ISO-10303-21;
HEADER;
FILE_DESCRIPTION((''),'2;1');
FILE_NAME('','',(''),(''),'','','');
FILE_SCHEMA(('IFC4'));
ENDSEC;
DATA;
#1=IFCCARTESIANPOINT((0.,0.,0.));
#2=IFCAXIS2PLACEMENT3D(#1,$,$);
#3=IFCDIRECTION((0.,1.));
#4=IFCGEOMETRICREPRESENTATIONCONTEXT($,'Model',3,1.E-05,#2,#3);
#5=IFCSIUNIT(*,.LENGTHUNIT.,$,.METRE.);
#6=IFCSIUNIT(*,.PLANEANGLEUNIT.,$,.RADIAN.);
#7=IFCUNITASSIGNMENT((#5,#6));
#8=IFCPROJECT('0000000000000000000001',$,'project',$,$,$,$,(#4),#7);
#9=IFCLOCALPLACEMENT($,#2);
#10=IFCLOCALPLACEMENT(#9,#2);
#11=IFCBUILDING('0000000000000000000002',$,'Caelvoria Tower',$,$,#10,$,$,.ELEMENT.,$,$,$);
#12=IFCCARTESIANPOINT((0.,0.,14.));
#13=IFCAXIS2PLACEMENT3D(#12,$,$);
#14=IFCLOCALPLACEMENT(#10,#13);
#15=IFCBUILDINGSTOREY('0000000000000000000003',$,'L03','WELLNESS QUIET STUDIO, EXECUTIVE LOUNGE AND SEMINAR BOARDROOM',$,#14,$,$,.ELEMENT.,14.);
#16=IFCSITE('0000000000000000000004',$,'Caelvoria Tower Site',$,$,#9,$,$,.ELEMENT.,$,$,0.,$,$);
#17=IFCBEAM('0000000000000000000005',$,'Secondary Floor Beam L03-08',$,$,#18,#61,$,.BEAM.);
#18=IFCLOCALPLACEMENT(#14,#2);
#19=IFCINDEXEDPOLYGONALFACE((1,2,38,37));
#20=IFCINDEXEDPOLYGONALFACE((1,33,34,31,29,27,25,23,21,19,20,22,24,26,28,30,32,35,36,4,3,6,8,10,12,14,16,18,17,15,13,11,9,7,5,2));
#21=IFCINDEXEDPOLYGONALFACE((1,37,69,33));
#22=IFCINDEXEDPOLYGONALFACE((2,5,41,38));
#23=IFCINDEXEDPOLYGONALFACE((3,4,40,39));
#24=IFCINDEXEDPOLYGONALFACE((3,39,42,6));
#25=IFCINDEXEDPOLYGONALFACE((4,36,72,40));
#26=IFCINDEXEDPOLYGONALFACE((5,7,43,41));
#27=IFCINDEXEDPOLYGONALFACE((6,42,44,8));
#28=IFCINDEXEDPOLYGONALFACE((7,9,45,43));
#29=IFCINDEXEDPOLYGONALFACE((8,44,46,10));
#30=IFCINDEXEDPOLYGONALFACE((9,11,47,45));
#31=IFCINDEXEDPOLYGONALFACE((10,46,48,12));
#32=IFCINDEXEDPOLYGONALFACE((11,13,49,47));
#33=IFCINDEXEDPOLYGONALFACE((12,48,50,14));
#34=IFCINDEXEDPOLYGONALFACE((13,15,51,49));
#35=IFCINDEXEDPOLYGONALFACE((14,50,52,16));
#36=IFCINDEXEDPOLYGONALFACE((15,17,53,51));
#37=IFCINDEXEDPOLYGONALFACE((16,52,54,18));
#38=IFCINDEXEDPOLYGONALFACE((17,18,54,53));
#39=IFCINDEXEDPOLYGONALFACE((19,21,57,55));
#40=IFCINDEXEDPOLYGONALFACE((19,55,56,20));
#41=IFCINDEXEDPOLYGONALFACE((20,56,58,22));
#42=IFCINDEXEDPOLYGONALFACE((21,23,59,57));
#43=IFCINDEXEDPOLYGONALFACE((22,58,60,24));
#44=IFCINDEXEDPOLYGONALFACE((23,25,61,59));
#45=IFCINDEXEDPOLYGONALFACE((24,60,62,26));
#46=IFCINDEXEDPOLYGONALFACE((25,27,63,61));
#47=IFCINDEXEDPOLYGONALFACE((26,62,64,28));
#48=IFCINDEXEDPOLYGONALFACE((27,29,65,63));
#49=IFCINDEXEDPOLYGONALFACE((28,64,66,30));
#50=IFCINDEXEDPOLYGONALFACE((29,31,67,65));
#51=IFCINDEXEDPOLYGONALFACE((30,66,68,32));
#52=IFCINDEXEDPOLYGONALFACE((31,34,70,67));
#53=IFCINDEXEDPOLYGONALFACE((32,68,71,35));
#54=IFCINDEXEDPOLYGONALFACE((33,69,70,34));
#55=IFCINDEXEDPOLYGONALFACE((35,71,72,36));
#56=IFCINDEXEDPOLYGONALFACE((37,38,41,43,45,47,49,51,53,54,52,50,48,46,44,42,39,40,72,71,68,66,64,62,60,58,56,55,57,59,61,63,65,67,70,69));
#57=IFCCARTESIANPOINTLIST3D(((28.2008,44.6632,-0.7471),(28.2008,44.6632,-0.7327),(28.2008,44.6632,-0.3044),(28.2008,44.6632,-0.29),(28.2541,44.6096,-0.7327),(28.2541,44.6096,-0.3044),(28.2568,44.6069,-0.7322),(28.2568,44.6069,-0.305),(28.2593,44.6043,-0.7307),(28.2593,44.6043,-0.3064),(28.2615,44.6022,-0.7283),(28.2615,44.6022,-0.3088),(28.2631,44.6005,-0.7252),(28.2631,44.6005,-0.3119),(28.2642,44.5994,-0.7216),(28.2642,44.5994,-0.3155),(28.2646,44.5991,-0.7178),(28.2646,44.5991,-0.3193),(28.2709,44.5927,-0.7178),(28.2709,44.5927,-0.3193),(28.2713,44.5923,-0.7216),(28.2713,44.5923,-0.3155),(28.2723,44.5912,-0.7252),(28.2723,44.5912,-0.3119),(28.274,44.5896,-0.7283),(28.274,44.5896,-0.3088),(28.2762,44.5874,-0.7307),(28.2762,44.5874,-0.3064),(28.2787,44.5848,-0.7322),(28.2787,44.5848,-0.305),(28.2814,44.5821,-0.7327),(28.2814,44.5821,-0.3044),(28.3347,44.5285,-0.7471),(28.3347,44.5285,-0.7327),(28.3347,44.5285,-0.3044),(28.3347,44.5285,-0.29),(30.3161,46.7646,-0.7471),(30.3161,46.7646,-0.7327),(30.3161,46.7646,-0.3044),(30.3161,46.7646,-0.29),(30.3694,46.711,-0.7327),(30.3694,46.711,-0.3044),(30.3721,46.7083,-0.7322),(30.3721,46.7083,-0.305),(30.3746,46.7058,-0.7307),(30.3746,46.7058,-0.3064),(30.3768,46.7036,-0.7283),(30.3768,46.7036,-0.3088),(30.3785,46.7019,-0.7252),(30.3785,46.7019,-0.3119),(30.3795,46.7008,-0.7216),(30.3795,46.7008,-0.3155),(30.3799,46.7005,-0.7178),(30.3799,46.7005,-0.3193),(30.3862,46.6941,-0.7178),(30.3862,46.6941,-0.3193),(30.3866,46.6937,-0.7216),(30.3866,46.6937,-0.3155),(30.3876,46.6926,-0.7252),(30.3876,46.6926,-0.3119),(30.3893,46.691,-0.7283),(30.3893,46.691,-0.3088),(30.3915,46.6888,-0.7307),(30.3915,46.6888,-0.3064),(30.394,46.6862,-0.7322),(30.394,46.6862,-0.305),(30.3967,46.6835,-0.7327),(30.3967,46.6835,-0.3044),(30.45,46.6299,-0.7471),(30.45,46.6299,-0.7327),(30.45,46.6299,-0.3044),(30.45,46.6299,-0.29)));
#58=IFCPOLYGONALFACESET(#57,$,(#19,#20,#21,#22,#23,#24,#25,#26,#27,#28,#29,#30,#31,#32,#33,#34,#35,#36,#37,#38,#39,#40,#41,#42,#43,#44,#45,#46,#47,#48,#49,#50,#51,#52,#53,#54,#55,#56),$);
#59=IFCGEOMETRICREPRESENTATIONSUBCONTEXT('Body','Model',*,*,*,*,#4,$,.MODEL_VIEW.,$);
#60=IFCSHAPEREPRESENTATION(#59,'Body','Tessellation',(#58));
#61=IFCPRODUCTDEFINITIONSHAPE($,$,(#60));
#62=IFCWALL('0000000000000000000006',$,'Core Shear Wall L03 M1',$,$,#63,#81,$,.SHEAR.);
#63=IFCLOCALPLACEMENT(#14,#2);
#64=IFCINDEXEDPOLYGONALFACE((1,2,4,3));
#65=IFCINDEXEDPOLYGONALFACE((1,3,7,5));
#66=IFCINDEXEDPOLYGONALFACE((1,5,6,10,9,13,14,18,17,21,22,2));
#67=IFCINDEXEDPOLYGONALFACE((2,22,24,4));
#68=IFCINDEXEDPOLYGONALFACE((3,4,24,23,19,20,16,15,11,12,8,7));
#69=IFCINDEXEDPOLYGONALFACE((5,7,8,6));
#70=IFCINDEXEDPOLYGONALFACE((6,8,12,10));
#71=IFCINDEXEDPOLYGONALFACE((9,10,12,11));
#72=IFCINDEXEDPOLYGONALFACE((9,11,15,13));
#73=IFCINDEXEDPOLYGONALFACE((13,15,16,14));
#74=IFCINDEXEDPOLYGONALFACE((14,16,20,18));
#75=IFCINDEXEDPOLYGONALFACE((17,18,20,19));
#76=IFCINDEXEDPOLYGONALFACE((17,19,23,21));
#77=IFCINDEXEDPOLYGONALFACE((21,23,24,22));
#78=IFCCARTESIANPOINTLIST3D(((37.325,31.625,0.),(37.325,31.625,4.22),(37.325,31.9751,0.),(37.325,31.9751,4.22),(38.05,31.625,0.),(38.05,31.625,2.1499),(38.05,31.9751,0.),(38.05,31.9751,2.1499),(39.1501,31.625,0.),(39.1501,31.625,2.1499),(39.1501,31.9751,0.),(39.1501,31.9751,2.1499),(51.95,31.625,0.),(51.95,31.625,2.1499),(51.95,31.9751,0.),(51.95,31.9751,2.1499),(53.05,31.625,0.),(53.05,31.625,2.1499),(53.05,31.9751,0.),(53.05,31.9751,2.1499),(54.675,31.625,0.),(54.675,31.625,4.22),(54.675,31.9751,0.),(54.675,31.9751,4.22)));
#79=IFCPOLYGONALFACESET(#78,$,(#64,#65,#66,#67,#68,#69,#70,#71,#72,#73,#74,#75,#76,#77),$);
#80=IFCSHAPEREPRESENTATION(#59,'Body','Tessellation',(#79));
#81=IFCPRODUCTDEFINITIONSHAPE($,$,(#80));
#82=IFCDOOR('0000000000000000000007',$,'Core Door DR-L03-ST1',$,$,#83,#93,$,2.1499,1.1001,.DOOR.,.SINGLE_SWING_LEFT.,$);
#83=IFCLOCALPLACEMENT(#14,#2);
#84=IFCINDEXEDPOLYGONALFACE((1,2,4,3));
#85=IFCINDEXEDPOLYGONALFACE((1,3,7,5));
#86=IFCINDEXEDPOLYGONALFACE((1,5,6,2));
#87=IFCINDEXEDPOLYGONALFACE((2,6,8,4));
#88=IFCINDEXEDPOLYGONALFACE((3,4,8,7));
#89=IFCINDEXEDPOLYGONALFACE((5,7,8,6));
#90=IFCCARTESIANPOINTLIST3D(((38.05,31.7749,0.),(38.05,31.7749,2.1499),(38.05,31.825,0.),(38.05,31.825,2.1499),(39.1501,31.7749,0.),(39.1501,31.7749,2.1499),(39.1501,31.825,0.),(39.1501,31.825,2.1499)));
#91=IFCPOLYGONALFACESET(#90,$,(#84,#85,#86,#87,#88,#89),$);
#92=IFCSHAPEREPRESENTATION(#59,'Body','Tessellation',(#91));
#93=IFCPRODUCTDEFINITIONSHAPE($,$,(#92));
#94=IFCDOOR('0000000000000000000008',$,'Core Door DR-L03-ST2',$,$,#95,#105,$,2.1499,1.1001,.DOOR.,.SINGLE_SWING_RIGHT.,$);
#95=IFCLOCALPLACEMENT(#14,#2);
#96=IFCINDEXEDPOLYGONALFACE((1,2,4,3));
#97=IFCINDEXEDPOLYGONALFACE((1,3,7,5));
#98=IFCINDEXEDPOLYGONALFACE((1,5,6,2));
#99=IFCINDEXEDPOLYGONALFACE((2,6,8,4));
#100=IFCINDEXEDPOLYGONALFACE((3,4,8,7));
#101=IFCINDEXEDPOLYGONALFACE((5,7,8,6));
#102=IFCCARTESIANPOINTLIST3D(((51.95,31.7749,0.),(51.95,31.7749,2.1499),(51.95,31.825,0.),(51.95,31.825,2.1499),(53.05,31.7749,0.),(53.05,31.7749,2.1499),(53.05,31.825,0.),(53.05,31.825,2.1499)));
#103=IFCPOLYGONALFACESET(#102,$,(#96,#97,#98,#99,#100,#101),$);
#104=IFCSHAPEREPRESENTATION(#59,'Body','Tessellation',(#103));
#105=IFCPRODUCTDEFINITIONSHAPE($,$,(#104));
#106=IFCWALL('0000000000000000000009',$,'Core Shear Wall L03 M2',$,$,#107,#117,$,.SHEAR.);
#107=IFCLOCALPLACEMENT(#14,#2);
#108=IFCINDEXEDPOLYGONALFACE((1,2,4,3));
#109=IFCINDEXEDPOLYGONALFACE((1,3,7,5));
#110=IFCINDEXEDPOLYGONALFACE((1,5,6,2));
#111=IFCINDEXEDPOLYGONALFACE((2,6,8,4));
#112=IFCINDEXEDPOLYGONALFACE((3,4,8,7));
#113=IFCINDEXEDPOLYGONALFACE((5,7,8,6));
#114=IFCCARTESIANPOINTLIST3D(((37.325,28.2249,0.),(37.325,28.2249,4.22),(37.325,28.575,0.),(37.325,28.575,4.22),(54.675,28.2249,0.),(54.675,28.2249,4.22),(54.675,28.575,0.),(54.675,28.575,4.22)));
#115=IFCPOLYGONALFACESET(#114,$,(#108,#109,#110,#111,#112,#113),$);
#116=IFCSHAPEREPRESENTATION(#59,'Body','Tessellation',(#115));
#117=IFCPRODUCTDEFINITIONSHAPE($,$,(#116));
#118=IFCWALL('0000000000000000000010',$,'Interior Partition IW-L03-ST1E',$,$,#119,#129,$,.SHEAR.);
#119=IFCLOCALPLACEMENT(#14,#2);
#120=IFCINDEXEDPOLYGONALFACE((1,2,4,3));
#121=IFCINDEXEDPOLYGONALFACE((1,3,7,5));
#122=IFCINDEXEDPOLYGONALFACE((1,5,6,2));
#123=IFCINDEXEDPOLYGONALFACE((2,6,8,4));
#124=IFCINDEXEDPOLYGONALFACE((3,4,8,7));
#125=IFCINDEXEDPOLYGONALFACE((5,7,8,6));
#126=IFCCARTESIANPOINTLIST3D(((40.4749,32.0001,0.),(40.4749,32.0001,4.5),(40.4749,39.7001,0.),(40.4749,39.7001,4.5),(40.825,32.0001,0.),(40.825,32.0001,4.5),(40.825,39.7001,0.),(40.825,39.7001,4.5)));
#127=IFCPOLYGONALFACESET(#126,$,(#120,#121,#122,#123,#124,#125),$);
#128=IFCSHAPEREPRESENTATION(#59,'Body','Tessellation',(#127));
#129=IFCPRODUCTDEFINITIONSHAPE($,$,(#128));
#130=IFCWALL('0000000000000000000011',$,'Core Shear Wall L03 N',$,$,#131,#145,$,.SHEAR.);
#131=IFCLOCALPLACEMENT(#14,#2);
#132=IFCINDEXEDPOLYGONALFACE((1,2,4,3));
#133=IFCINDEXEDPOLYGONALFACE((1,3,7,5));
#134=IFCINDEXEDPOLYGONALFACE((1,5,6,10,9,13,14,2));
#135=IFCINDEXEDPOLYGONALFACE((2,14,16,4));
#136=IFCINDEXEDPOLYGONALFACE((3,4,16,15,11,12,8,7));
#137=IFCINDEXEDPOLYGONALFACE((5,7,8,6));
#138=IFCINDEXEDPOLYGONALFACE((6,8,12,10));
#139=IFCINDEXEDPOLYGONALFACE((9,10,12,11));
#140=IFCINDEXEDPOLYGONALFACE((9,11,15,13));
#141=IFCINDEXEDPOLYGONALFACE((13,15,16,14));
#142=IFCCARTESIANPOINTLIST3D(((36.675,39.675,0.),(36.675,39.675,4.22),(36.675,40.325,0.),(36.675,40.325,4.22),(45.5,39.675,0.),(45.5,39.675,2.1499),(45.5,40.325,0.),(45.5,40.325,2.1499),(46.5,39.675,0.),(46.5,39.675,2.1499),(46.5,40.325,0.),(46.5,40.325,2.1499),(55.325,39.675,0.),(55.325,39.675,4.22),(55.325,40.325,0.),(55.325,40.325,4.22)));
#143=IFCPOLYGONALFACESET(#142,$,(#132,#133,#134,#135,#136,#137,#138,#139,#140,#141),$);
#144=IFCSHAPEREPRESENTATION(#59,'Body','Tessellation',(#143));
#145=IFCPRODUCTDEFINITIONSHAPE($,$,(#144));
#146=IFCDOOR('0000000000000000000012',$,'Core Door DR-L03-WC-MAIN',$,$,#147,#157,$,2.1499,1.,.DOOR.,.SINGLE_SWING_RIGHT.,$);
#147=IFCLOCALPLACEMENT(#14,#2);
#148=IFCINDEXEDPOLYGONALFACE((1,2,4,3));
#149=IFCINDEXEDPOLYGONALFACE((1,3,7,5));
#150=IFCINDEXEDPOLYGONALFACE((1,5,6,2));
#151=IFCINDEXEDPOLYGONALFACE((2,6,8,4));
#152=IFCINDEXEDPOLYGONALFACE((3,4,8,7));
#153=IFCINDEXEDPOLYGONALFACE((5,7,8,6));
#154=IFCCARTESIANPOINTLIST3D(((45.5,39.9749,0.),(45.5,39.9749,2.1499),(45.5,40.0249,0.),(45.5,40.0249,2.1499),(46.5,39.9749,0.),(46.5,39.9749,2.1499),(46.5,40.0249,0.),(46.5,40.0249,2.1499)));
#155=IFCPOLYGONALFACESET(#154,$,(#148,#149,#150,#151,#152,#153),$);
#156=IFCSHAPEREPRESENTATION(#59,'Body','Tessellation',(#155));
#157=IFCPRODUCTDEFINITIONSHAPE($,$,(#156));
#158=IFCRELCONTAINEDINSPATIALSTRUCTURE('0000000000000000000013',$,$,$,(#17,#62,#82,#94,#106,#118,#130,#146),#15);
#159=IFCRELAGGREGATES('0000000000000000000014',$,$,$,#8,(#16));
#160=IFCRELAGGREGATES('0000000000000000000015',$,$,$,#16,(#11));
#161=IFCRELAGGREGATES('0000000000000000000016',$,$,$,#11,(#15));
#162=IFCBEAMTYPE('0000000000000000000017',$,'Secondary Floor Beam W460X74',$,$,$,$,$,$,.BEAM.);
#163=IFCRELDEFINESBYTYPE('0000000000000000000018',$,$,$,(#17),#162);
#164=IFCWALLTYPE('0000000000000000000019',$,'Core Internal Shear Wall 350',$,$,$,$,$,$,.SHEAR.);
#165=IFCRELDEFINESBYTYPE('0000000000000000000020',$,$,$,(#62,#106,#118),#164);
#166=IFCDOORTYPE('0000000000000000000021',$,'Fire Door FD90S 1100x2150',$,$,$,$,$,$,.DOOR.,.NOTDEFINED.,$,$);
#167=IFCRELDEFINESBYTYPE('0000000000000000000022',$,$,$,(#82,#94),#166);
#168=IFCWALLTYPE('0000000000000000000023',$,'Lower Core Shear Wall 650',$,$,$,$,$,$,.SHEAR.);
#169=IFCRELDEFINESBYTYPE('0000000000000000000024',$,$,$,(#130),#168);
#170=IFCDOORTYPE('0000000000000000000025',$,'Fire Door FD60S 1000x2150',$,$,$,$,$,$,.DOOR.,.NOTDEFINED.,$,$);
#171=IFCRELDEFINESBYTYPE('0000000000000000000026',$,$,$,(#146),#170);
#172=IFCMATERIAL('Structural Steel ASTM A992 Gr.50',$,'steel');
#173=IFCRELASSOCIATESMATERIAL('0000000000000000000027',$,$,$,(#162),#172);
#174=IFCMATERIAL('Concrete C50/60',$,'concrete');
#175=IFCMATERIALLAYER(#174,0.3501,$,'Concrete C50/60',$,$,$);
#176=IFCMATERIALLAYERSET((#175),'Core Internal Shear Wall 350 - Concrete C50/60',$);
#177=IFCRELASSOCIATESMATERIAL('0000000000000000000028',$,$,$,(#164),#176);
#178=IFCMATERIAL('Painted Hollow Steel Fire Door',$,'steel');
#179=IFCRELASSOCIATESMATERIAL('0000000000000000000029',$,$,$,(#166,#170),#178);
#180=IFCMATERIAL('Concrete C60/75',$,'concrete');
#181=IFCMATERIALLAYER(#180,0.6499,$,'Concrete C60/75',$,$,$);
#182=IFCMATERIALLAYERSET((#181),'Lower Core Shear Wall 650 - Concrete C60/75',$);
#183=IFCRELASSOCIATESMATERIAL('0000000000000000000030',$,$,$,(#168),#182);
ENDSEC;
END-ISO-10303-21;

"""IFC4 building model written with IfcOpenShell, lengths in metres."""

from ifc_helpers import new_model, si_unit, direction, frame, frame_2d, origin, origin_2d, place, context, subcontext, project, spatial, rectangle, i_section, extrude, material, layer, layer_set, material_profile, profile_set, type_object, element, fill, save


model = new_model("IFC4")

# Units and contexts
model_context = context("Model", 3, precision=1e-05, world=origin(), true_north=direction((0.0, 1.0)))
body_context = subcontext(model_context, "Body", "Model", "MODEL_VIEW")
ifc_project = project(units=[si_unit("LENGTHUNIT", "METRE"), si_unit("PLANEANGLEUNIT", "RADIAN")], contexts=[model_context])

# Site, building, storey
site_placement = place(None, origin())
site = spatial("IfcSite", under=ifc_project, at=site_placement, Name="Caelvoria Tower Site", CompositionType="ELEMENT", RefElevation=0.0)
building_placement = place(site_placement, origin())
building = spatial("IfcBuilding", under=site, at=building_placement, Name="Caelvoria Tower", CompositionType="ELEMENT")
storey_placement = place(building_placement, frame((0.0, 0.0, 14.0)))
storey = spatial("IfcBuildingStorey", under=building, at=storey_placement, Name="L03", Description="WELLNESS QUIET STUDIO, EXECUTIVE LOUNGE AND SEMINAR BOARDROOM", CompositionType="ELEMENT", Elevation=14.0)

# Beam
ifc_material_1 = material(Name="Structural Steel ASTM A992 Gr.50", Category="steel")
ifc_material_profile_1 = material_profile(ifc_material_1, i_section(OverallWidth=0.1899, OverallDepth=0.457, WebThickness=0.009, FlangeThickness=0.0144, FilletRadius=0.0149, at=origin_2d()), Name="Structural Steel ASTM A992 Gr.50")
ifc_profile_set_1 = profile_set([ifc_material_profile_1], Name="W460X74 - Structural Steel ASTM A992 Gr.50")
beam_type_1 = type_object("IfcBeamType", Name="Secondary Floor Beam W460X74", PredefinedType="BEAM", material=ifc_profile_set_1)
beam_1_placement = place(storey_placement, frame((30.3831, 46.6973, -0.5186), z_axis=(-0.709437, -0.704769, 0.0), x_axis=(0.704769, -0.709437, 0.0)))
element("IfcBeam", 1, at=beam_1_placement, inside=storey, type_object=beam_type_1, Name="Secondary Floor Beam L03-08", PredefinedType="BEAM", context=body_context, shape_type="SweptSolid", body=[
    extrude(i_section(OverallWidth=0.1899, OverallDepth=0.457, WebThickness=0.009, FlangeThickness=0.0144, FilletRadius=0.0149, at=origin_2d()), origin(), (0.0, 0.0, 1.0), 2.9817),
])

# Wall, openings, doors
ifc_material_2 = material(Name="Concrete C50/60", Category="concrete")
ifc_layer_1 = layer(ifc_material_2, 0.3501, Name="Concrete C50/60")
ifc_layer_set_1 = layer_set([ifc_layer_1], Name="Core Internal Shear Wall 350 - Concrete C50/60")
wall_type_1 = type_object("IfcWallType", Name="Core Internal Shear Wall 350", PredefinedType="SHEAR", material=ifc_layer_set_1)
wall_1_placement = place(storey_placement, frame((37.325, 31.8, 0.0), z_axis=(0.0, 0.0, 1.0), x_axis=(1.0, 0.0, 0.0)))
wall_1 = element("IfcWall", 2, at=wall_1_placement, inside=storey, type_object=wall_type_1, Name="Core Shear Wall L03 M1", PredefinedType="SHEAR", context=body_context, shape_type="SweptSolid", body=[
    extrude(rectangle(XDim=17.3501, YDim=0.3501, at=frame_2d((8.675, 0.0))), origin(), (0.0, 0.0, 1.0), 4.22),
])
opening_1_placement = place(wall_1_placement, frame((0.7251, 0.0, 0.0)))
opening_1 = element("IfcOpeningElement", 3, at=opening_1_placement, cuts=wall_1, PredefinedType="OPENING", context=body_context, shape_type="SweptSolid", body=[
    extrude(rectangle(XDim=1.1001, YDim=2.1499, at=frame_2d((0.55, 1.075))), frame((0.0, 0.1851, 0.0), z_axis=(0.0, -1.0, 0.0), x_axis=(1.0, 0.0, 0.0)), (0.0, 0.0, 1.0), 0.3701),
])
opening_2_placement = place(wall_1_placement, frame((14.625, 0.0, 0.0)))
opening_2 = element("IfcOpeningElement", 4, at=opening_2_placement, cuts=wall_1, PredefinedType="OPENING", context=body_context, shape_type="SweptSolid", body=[
    extrude(rectangle(XDim=1.1001, YDim=2.1499, at=frame_2d((0.55, 1.075))), frame((0.0, 0.1851, 0.0), z_axis=(0.0, -1.0, 0.0), x_axis=(1.0, 0.0, 0.0)), (0.0, 0.0, 1.0), 0.3701),
])
ifc_material_3 = material(Name="Painted Hollow Steel Fire Door", Category="steel")
door_type_1 = type_object("IfcDoorType", Name="Fire Door FD90S 1100x2150", OperationType="NOTDEFINED", PredefinedType="DOOR", material=ifc_material_3)
door_1_placement = place(opening_1_placement, origin())
door_1 = element("IfcDoor", 5, at=door_1_placement, inside=storey, type_object=door_type_1, Name="Core Door DR-L03-ST1", OperationType="SINGLE_SWING_LEFT", OverallHeight=2.1499, OverallWidth=1.1001, PredefinedType="DOOR", context=body_context, shape_type="SweptSolid", body=[
    extrude(rectangle(XDim=1.1001, YDim=2.1499, at=frame_2d((0.55, 1.075))), frame((0.0, 0.0249, 0.0), z_axis=(0.0, -1.0, 0.0), x_axis=(1.0, 0.0, 0.0)), (0.0, 0.0, 1.0), 0.05),
])
fill(opening_1, door_1)
door_2_placement = place(opening_2_placement, origin())
door_2 = element("IfcDoor", 6, at=door_2_placement, inside=storey, type_object=door_type_1, Name="Core Door DR-L03-ST2", OperationType="SINGLE_SWING_RIGHT", OverallHeight=2.1499, OverallWidth=1.1001, PredefinedType="DOOR", context=body_context, shape_type="SweptSolid", body=[
    extrude(rectangle(XDim=1.1001, YDim=2.1499, at=frame_2d((0.55, 1.075))), frame((0.0, 0.0249, 0.0), z_axis=(0.0, -1.0, 0.0), x_axis=(1.0, 0.0, 0.0)), (0.0, 0.0, 1.0), 0.05),
])
fill(opening_2, door_2)

# Walls
wall_2_placement = place(storey_placement, frame((37.325, 28.3999, 0.0), z_axis=(0.0, 0.0, 1.0), x_axis=(1.0, 0.0, 0.0)))
element("IfcWall", 7, at=wall_2_placement, inside=storey, type_object=wall_type_1, Name="Core Shear Wall L03 M2", PredefinedType="SHEAR", context=body_context, shape_type="SweptSolid", body=[
    extrude(rectangle(XDim=17.3501, YDim=0.3501, at=frame_2d((8.675, 0.0))), origin(), (0.0, 0.0, 1.0), 4.22),
])
wall_3_placement = place(storey_placement, frame((40.6499, 32.0, 0.0), z_axis=(0.0, 0.0, 1.0), x_axis=(0.0, 1.0, 0.0)))
element("IfcWall", 8, at=wall_3_placement, inside=storey, type_object=wall_type_1, Name="Interior Partition IW-L03-ST1E", PredefinedType="SHEAR", context=body_context, shape_type="SweptSolid", body=[
    extrude(rectangle(XDim=7.7, YDim=0.3501, at=frame_2d((3.8501, 0.0))), origin(), (0.0, 0.0, 1.0), 4.5),
])

# Wall, opening, door
ifc_material_4 = material(Name="Concrete C60/75", Category="concrete")
ifc_layer_2 = layer(ifc_material_4, 0.6499, Name="Concrete C60/75")
ifc_layer_set_2 = layer_set([ifc_layer_2], Name="Lower Core Shear Wall 650 - Concrete C60/75")
wall_type_2 = type_object("IfcWallType", Name="Lower Core Shear Wall 650", PredefinedType="SHEAR", material=ifc_layer_set_2)
wall_4_placement = place(storey_placement, frame((36.675, 40.0, 0.0), z_axis=(0.0, 0.0, 1.0), x_axis=(1.0, 0.0, 0.0)))
wall_4 = element("IfcWall", 9, at=wall_4_placement, inside=storey, type_object=wall_type_2, Name="Core Shear Wall L03 N", PredefinedType="SHEAR", context=body_context, shape_type="SweptSolid", body=[
    extrude(rectangle(XDim=18.6499, YDim=0.6499, at=frame_2d((9.325, 0.0))), origin(), (0.0, 0.0, 1.0), 4.22),
])
opening_3_placement = place(wall_4_placement, frame((8.825, 0.0, 0.0)))
opening_3 = element("IfcOpeningElement", 10, at=opening_3_placement, cuts=wall_4, PredefinedType="OPENING", context=body_context, shape_type="SweptSolid", body=[
    extrude(rectangle(XDim=1.0, YDim=2.1499, at=frame_2d((0.5, 1.075))), frame((0.0, 0.335, 0.0), z_axis=(0.0, -1.0, 0.0), x_axis=(1.0, 0.0, 0.0)), (0.0, 0.0, 1.0), 0.6699),
])
door_type_2 = type_object("IfcDoorType", Name="Fire Door FD60S 1000x2150", OperationType="NOTDEFINED", PredefinedType="DOOR", material=ifc_material_3)
door_3_placement = place(opening_3_placement, origin())
door_3 = element("IfcDoor", 11, at=door_3_placement, inside=storey, type_object=door_type_2, Name="Core Door DR-L03-WC-MAIN", OperationType="SINGLE_SWING_RIGHT", OverallHeight=2.1499, OverallWidth=1.0, PredefinedType="DOOR", context=body_context, shape_type="SweptSolid", body=[
    extrude(rectangle(XDim=1.0, YDim=2.1499, at=frame_2d((0.5, 1.075))), frame((0.0, 0.0249, 0.0), z_axis=(0.0, -1.0, 0.0), x_axis=(1.0, 0.0, 0.0)), (0.0, 0.0, 1.0), 0.05),
])
fill(opening_3, door_3)

save(model, "model.ifc")
